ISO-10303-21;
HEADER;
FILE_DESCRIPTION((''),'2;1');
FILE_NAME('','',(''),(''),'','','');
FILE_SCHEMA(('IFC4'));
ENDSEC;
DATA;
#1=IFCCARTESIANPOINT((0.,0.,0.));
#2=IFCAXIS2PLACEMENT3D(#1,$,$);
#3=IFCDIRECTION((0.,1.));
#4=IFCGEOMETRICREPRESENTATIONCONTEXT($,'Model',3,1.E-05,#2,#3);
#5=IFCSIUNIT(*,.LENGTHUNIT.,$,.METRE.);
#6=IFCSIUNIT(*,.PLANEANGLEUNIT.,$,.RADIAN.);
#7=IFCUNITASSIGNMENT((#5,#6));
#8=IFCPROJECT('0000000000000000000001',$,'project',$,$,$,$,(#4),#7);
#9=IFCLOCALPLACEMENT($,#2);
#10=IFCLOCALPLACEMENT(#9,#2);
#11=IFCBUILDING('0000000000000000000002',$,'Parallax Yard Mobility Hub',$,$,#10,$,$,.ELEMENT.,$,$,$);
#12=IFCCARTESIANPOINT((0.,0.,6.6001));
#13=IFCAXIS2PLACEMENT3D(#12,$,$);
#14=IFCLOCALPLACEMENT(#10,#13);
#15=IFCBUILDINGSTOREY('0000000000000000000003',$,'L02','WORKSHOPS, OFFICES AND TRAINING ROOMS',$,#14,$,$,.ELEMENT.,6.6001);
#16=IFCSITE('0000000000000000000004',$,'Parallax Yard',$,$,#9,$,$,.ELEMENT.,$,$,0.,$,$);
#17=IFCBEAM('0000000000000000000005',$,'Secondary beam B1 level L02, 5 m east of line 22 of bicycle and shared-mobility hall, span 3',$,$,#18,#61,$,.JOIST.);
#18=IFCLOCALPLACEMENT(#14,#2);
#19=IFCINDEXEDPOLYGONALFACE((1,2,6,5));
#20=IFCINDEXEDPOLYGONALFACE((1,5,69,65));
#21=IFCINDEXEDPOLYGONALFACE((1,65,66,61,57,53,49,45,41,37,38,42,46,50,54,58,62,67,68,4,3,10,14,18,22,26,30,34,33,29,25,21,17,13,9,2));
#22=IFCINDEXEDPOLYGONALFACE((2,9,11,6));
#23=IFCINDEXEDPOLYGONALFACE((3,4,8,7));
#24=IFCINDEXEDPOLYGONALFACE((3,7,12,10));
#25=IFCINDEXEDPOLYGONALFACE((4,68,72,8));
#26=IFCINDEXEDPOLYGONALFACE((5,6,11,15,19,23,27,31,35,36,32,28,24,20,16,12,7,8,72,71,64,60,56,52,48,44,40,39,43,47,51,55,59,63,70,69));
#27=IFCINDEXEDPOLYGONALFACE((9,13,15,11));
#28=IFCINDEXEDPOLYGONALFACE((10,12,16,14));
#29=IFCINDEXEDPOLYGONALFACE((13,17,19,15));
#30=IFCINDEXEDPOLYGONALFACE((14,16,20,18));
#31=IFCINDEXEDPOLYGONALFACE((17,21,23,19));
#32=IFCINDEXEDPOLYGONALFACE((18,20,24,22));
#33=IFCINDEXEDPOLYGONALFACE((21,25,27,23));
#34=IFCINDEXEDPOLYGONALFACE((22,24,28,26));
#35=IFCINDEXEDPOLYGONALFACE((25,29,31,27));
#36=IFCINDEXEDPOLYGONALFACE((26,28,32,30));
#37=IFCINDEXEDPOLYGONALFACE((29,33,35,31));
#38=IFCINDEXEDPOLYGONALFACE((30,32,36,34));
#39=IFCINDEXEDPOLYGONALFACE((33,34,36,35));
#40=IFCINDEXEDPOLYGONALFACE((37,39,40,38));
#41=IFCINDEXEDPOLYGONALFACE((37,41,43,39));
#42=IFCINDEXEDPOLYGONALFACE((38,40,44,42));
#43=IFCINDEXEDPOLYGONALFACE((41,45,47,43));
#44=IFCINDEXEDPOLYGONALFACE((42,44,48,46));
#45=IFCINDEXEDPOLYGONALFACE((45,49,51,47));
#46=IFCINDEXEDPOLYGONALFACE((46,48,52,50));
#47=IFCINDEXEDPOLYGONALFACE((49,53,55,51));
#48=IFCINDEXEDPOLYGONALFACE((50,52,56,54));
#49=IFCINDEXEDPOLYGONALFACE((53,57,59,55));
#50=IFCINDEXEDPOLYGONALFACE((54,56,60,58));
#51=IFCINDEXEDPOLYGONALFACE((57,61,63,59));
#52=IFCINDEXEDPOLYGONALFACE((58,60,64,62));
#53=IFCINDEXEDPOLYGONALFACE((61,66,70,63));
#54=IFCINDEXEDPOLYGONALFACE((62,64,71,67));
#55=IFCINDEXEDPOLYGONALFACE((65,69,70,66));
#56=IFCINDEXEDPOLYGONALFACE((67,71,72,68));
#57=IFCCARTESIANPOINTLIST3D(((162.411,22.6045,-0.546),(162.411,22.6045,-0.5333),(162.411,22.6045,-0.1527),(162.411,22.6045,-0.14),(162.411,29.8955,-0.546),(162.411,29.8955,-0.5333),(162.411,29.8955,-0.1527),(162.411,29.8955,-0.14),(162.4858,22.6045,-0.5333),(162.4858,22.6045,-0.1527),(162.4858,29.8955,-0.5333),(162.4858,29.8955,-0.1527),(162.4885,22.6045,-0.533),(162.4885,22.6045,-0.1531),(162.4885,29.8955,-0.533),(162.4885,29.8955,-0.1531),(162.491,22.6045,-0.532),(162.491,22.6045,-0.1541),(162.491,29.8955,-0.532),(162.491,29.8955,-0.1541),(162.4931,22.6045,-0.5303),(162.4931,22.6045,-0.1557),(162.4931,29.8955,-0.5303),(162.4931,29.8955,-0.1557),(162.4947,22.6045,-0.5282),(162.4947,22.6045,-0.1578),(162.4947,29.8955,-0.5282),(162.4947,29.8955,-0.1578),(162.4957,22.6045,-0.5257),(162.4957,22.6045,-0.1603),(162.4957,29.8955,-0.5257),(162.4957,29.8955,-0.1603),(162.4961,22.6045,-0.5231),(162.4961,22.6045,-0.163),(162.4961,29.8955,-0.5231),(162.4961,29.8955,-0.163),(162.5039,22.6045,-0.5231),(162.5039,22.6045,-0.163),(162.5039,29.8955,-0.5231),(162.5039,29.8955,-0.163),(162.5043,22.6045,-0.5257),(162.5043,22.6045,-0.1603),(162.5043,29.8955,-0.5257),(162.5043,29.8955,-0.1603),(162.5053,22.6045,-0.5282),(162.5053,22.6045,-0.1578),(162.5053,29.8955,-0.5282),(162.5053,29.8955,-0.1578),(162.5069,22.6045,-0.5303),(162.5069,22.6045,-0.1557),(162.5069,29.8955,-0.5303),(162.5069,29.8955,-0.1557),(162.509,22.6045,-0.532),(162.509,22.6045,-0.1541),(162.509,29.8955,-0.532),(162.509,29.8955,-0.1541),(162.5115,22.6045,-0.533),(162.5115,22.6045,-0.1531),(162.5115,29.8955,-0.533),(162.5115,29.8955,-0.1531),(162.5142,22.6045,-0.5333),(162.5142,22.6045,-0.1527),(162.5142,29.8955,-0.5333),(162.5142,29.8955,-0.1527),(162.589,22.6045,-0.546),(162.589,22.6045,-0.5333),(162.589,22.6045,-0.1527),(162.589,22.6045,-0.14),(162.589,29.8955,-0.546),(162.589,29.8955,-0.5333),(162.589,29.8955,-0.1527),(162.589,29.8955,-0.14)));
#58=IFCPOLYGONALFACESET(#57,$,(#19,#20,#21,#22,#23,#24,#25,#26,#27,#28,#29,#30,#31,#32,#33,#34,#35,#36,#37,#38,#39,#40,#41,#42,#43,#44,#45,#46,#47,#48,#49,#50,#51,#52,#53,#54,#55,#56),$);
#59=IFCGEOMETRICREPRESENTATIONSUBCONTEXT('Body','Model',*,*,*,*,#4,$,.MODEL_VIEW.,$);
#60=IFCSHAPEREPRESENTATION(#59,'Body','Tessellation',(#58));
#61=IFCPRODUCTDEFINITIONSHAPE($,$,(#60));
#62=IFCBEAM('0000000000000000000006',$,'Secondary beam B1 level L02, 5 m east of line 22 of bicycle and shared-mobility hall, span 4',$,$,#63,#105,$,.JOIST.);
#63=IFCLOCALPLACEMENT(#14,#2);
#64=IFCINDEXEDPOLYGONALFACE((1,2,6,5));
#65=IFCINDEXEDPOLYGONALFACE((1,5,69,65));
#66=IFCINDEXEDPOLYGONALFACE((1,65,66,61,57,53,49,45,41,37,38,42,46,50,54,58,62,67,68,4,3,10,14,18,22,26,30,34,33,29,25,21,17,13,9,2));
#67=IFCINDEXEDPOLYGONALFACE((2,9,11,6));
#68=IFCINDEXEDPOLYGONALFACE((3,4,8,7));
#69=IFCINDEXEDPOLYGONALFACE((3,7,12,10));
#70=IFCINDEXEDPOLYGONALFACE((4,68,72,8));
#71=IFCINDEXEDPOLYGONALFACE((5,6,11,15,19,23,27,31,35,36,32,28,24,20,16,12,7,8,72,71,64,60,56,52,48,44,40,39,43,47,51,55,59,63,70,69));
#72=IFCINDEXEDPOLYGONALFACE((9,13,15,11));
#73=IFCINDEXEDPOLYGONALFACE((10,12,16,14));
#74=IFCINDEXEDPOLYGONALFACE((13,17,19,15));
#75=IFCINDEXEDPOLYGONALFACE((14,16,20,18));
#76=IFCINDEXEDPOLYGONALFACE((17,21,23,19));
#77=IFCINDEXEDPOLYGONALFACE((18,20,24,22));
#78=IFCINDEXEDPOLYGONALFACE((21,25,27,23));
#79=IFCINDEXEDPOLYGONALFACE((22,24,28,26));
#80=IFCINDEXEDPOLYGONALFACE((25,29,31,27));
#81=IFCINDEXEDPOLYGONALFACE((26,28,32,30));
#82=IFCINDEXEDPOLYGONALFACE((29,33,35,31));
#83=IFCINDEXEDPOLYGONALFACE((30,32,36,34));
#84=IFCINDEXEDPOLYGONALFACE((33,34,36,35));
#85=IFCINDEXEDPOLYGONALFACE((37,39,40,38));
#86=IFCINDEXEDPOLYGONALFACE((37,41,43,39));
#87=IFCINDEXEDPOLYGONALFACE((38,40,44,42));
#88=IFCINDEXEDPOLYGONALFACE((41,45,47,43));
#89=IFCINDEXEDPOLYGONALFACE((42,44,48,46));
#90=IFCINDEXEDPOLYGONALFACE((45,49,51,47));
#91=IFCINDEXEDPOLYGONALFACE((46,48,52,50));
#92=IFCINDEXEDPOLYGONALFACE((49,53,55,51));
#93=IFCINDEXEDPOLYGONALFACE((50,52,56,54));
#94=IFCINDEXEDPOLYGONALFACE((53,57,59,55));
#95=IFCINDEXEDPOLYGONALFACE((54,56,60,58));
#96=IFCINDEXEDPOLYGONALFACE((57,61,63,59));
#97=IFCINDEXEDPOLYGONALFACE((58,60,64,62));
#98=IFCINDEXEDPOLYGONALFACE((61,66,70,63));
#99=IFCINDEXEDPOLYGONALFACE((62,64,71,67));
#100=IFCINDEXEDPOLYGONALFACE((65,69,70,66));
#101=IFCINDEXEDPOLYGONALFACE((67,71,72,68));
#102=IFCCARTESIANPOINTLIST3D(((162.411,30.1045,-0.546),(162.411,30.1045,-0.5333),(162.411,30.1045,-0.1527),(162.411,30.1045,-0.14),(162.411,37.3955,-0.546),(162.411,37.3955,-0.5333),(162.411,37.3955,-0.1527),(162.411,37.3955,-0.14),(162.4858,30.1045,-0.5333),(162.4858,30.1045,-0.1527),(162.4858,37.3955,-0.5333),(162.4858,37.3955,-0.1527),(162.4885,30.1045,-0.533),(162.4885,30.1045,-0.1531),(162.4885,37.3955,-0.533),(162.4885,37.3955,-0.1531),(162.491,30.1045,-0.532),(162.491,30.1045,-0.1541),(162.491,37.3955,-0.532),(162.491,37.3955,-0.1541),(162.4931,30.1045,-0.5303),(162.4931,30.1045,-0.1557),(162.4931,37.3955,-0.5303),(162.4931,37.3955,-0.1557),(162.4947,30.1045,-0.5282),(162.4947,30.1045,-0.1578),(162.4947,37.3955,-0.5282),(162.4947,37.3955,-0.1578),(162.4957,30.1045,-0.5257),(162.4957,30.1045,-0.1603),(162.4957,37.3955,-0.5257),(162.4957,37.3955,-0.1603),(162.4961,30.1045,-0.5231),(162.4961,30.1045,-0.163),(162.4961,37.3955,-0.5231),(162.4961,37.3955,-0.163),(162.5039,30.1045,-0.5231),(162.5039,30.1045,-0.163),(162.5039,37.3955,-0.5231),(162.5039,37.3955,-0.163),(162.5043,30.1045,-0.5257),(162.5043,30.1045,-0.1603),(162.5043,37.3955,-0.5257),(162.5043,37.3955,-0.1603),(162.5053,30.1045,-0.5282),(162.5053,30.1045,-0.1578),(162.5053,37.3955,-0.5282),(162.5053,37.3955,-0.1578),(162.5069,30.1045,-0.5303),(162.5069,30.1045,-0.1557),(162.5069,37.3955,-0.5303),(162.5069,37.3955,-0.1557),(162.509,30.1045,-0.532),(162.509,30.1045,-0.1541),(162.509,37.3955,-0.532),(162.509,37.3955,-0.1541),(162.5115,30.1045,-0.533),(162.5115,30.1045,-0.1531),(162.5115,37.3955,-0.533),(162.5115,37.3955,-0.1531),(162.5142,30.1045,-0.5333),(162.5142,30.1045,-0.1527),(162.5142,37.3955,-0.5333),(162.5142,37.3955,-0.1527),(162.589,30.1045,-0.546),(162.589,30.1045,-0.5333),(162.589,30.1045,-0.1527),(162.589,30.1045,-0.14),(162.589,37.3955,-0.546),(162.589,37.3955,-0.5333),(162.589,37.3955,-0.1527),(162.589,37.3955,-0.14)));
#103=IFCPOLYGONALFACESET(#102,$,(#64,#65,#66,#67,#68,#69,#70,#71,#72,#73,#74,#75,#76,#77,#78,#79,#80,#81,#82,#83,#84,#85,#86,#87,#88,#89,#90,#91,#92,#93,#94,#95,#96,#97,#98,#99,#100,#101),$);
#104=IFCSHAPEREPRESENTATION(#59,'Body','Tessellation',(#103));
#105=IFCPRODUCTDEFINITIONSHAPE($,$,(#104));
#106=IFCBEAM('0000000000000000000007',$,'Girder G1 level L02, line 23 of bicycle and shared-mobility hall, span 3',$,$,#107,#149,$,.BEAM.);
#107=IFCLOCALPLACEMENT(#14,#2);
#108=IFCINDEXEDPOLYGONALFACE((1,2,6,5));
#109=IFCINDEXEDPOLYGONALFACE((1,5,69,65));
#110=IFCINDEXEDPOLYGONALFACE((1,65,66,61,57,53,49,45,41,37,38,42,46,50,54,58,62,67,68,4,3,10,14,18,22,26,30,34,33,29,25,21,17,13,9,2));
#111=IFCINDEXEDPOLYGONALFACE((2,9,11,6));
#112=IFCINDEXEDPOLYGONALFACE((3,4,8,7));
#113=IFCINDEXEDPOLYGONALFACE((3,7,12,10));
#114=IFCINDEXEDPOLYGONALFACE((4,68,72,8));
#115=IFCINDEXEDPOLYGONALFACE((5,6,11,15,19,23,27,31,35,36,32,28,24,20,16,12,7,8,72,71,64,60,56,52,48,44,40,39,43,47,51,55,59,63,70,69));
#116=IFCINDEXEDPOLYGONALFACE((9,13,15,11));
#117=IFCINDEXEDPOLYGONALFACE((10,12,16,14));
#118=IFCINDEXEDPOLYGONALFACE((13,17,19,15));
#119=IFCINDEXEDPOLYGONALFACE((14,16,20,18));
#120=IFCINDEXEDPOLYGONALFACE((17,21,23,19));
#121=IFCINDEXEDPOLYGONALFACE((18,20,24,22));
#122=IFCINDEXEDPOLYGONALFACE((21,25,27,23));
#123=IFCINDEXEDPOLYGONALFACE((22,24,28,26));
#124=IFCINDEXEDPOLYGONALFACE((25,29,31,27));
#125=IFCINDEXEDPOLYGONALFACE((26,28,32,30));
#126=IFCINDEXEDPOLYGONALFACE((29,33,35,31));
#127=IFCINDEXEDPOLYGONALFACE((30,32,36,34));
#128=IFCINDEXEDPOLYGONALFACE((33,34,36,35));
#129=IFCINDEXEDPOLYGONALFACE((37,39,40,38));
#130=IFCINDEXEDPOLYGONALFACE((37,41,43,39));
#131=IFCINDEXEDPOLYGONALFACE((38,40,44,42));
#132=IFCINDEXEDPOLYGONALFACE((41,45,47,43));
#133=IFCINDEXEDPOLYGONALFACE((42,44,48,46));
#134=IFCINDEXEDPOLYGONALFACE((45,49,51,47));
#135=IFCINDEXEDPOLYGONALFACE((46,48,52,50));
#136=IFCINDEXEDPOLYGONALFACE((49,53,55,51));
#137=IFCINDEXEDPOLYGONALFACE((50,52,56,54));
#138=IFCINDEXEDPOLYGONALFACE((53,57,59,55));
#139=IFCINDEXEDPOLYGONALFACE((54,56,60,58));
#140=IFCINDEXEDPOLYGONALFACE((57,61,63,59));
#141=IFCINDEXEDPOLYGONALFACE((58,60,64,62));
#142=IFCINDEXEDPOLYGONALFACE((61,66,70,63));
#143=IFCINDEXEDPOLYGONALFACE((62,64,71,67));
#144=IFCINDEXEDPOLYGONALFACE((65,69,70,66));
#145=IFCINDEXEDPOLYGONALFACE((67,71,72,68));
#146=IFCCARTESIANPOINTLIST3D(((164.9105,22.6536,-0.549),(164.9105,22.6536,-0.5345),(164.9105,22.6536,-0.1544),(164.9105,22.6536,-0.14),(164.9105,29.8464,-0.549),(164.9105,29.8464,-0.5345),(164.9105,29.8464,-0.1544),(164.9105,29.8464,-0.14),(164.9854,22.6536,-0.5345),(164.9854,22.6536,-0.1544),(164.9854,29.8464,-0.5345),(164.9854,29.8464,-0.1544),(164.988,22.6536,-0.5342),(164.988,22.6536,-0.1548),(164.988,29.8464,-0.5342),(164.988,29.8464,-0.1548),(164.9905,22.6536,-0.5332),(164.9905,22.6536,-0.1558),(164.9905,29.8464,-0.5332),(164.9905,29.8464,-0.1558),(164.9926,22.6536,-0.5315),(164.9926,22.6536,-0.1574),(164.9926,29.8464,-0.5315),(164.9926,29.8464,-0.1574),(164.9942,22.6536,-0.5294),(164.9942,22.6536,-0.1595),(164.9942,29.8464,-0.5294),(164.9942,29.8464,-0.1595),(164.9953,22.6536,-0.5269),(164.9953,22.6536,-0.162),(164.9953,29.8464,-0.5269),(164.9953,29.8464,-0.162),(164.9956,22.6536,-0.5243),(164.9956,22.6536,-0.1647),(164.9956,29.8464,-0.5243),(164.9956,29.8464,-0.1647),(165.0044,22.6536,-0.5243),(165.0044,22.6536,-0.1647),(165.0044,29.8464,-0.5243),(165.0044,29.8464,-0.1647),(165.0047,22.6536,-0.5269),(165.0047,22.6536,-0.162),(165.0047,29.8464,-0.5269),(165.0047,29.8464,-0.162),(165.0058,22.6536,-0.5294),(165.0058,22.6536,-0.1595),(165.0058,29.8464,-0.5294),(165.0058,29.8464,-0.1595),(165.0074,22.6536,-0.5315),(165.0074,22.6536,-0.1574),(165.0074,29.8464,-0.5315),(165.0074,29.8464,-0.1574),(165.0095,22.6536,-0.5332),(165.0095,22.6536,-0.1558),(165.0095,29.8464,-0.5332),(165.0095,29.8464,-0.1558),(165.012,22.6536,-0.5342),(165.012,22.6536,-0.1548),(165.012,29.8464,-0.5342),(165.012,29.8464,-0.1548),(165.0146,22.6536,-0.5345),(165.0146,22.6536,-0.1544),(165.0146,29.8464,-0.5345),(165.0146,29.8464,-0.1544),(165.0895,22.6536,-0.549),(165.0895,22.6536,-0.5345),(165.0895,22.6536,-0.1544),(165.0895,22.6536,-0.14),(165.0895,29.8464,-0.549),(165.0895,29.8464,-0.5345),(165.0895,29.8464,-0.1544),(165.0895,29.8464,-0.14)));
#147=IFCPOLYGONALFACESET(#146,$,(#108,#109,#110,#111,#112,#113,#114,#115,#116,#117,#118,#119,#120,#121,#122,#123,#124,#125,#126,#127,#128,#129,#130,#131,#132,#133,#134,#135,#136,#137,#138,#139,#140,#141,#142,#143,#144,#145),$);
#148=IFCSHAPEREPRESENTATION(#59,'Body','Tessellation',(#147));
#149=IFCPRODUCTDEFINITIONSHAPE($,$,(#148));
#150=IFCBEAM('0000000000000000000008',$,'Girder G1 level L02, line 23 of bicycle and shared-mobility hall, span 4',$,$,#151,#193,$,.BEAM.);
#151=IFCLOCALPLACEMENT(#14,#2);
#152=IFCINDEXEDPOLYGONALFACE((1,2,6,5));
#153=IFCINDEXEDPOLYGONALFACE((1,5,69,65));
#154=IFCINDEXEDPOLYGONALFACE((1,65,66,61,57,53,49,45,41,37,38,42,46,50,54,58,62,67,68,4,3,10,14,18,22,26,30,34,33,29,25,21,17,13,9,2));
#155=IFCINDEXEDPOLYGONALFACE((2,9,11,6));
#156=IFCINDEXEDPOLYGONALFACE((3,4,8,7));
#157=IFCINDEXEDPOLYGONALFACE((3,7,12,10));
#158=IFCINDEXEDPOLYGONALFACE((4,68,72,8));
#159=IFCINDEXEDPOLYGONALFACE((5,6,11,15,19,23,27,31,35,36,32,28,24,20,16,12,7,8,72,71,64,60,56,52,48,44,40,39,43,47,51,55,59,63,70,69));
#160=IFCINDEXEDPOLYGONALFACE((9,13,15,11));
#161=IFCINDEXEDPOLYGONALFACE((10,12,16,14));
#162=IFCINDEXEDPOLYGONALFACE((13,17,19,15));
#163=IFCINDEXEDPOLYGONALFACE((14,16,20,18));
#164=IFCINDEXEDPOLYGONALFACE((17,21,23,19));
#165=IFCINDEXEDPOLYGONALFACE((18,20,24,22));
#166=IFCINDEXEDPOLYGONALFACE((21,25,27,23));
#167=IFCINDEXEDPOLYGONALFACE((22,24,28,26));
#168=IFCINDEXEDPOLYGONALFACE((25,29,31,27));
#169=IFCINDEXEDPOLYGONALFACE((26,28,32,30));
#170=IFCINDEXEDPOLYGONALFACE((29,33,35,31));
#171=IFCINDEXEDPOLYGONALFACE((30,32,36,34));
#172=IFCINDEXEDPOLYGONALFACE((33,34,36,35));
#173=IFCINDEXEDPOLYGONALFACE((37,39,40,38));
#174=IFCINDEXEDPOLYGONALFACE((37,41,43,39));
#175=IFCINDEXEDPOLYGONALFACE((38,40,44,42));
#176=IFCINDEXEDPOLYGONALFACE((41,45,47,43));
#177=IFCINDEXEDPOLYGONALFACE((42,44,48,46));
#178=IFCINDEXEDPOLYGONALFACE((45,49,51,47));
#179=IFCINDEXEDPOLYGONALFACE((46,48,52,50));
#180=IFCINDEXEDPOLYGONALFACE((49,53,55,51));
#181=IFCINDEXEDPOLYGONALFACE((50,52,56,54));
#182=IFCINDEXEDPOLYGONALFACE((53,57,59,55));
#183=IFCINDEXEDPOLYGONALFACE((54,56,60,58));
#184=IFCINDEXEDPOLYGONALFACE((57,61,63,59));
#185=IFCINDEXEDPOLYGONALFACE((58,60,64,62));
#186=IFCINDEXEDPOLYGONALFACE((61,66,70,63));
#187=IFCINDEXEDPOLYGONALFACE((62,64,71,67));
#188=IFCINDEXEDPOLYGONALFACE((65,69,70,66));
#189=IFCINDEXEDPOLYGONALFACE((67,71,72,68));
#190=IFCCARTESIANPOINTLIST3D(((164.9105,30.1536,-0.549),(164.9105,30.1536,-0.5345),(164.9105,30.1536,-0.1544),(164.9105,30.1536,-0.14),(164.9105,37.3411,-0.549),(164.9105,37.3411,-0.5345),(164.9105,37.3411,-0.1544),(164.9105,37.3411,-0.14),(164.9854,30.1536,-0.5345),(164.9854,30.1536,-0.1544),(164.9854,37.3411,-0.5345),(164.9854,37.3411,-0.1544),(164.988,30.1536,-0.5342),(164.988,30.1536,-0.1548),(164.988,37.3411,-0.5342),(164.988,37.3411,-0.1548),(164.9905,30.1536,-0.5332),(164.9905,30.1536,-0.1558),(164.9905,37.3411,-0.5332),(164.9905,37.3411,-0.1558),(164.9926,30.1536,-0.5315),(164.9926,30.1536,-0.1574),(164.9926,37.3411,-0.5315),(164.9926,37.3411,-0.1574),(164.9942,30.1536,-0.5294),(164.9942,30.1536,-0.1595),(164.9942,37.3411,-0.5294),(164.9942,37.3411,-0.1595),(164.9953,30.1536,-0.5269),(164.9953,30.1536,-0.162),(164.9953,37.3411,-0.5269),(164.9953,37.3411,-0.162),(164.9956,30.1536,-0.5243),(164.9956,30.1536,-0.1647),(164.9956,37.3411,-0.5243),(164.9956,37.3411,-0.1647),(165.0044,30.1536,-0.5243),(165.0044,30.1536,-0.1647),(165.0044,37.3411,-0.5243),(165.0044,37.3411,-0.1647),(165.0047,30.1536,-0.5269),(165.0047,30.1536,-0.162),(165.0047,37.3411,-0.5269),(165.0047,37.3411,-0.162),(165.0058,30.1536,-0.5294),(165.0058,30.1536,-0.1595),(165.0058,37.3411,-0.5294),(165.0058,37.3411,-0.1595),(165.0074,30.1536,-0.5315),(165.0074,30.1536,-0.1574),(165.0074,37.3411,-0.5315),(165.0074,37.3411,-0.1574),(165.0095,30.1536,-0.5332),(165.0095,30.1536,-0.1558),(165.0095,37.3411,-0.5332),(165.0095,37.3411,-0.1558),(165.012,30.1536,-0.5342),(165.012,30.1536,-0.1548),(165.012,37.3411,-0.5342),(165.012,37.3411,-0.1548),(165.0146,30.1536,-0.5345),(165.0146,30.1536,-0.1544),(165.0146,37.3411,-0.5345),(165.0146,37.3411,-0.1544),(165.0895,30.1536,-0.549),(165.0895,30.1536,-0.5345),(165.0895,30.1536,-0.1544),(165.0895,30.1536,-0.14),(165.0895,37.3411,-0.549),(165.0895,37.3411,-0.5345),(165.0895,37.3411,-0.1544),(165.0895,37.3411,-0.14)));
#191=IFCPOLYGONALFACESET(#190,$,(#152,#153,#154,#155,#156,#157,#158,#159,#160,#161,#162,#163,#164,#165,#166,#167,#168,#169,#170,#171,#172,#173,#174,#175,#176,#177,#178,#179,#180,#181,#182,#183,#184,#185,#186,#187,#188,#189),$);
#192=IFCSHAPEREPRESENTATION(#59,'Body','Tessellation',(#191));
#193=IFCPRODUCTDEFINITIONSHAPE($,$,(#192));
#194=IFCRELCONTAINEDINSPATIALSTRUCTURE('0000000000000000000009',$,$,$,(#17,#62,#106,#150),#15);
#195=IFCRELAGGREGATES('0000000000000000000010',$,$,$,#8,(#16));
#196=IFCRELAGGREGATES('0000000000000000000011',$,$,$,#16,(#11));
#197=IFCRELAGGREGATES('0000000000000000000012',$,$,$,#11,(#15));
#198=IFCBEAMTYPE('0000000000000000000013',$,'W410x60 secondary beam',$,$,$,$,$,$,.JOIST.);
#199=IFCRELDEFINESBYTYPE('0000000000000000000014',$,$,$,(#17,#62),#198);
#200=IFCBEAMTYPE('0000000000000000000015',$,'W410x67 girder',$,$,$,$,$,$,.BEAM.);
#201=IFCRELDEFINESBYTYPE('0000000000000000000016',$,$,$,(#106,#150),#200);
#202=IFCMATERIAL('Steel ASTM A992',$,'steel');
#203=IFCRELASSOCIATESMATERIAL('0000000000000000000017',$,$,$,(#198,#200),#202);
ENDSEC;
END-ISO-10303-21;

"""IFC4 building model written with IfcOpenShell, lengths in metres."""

from ifc_helpers import new_model, si_unit, direction, frame, origin, origin_2d, place, context, subcontext, project, spatial, i_section, extrude, material, material_profile, profile_set, type_object, element, save


model = new_model("IFC4")

# Units and contexts
model_context = context("Model", 3, precision=1e-05, world=origin(), true_north=direction((0.0, 1.0)))
body_context = subcontext(model_context, "Body", "Model", "MODEL_VIEW")
ifc_project = project(units=[si_unit("LENGTHUNIT", "METRE"), si_unit("PLANEANGLEUNIT", "RADIAN")], contexts=[model_context])

# Site, building, storey
site_placement = place(None, origin())
site = spatial("IfcSite", under=ifc_project, at=site_placement, Name="Parallax Yard", CompositionType="ELEMENT", RefElevation=0.0)
building_placement = place(site_placement, origin())
building = spatial("IfcBuilding", under=site, at=building_placement, Name="Parallax Yard Mobility Hub", CompositionType="ELEMENT")
storey_placement = place(building_placement, frame((0.0, 0.0, 6.6001)))
storey = spatial("IfcBuildingStorey", under=building, at=storey_placement, Name="L02", Description="WORKSHOPS, OFFICES AND TRAINING ROOMS", CompositionType="ELEMENT", Elevation=6.6001)

# Shared definitions
ifc_material_1 = material(Name="Steel ASTM A992", Category="steel")

# Beams
ifc_material_profile_1 = material_profile(ifc_material_1, i_section(OverallWidth=0.178, OverallDepth=0.406, WebThickness=0.0078, FlangeThickness=0.0127, FilletRadius=0.0103, at=origin_2d()), Name="W410x60")
ifc_profile_set_1 = profile_set([ifc_material_profile_1], Name="Steel ASTM A992")
beam_type_1 = type_object("IfcBeamType", Name="W410x60 secondary beam", PredefinedType="JOIST", material=ifc_profile_set_1)
for number, where, z_axis, x_axis, name in (
    (1, (162.5, 22.6045, -0.343), (0.0, 1.0, 0.0), (-1.0, 0.0, 0.0), "Secondary beam B1 level L02, 5 m east of line 22 of bicycle and shared-mobility hall, span 3"),
    (2, (162.5, 30.1045, -0.343), (0.0, 1.0, 0.0), (-1.0, 0.0, 0.0), "Secondary beam B1 level L02, 5 m east of line 22 of bicycle and shared-mobility hall, span 4"),
):
    element("IfcBeam", number, at=place(storey_placement, frame(where, z_axis=z_axis, x_axis=x_axis)), inside=storey, type_object=beam_type_1, Name=name, PredefinedType="JOIST", context=body_context, shape_type="SweptSolid", body=[
        extrude(i_section(OverallWidth=0.178, OverallDepth=0.406, WebThickness=0.0078, FlangeThickness=0.0127, FilletRadius=0.0103, at=origin_2d()), origin(), (0.0, 0.0, 1.0), 7.291),
    ])
ifc_material_profile_2 = material_profile(ifc_material_1, i_section(OverallWidth=0.179, OverallDepth=0.4089, WebThickness=0.0088, FlangeThickness=0.0144, FilletRadius=0.0103, at=origin_2d()), Name="W410x67")
ifc_profile_set_2 = profile_set([ifc_material_profile_2], Name="Steel ASTM A992")
beam_type_2 = type_object("IfcBeamType", Name="W410x67 girder", PredefinedType="BEAM", material=ifc_profile_set_2)
beam_1_placement = place(storey_placement, frame((165.0, 22.6536, -0.3445), z_axis=(0.0, 1.0, 0.0), x_axis=(-1.0, 0.0, 0.0)))
element("IfcBeam", 3, at=beam_1_placement, inside=storey, type_object=beam_type_2, Name="Girder G1 level L02, line 23 of bicycle and shared-mobility hall, span 3", PredefinedType="BEAM", context=body_context, shape_type="SweptSolid", body=[
    extrude(i_section(OverallWidth=0.179, OverallDepth=0.4089, WebThickness=0.0088, FlangeThickness=0.0144, FilletRadius=0.0103, at=origin_2d()), origin(), (0.0, 0.0, 1.0), 7.1929),
])
beam_2_placement = place(storey_placement, frame((165.0, 30.1536, -0.3445), z_axis=(0.0, 1.0, 0.0), x_axis=(-1.0, 0.0, 0.0)))
element("IfcBeam", 4, at=beam_2_placement, inside=storey, type_object=beam_type_2, Name="Girder G1 level L02, line 23 of bicycle and shared-mobility hall, span 4", PredefinedType="BEAM", context=body_context, shape_type="SweptSolid", body=[
    extrude(i_section(OverallWidth=0.179, OverallDepth=0.4089, WebThickness=0.0088, FlangeThickness=0.0144, FilletRadius=0.0103, at=origin_2d()), origin(), (0.0, 0.0, 1.0), 7.1875),
])

save(model, "model.ifc")
